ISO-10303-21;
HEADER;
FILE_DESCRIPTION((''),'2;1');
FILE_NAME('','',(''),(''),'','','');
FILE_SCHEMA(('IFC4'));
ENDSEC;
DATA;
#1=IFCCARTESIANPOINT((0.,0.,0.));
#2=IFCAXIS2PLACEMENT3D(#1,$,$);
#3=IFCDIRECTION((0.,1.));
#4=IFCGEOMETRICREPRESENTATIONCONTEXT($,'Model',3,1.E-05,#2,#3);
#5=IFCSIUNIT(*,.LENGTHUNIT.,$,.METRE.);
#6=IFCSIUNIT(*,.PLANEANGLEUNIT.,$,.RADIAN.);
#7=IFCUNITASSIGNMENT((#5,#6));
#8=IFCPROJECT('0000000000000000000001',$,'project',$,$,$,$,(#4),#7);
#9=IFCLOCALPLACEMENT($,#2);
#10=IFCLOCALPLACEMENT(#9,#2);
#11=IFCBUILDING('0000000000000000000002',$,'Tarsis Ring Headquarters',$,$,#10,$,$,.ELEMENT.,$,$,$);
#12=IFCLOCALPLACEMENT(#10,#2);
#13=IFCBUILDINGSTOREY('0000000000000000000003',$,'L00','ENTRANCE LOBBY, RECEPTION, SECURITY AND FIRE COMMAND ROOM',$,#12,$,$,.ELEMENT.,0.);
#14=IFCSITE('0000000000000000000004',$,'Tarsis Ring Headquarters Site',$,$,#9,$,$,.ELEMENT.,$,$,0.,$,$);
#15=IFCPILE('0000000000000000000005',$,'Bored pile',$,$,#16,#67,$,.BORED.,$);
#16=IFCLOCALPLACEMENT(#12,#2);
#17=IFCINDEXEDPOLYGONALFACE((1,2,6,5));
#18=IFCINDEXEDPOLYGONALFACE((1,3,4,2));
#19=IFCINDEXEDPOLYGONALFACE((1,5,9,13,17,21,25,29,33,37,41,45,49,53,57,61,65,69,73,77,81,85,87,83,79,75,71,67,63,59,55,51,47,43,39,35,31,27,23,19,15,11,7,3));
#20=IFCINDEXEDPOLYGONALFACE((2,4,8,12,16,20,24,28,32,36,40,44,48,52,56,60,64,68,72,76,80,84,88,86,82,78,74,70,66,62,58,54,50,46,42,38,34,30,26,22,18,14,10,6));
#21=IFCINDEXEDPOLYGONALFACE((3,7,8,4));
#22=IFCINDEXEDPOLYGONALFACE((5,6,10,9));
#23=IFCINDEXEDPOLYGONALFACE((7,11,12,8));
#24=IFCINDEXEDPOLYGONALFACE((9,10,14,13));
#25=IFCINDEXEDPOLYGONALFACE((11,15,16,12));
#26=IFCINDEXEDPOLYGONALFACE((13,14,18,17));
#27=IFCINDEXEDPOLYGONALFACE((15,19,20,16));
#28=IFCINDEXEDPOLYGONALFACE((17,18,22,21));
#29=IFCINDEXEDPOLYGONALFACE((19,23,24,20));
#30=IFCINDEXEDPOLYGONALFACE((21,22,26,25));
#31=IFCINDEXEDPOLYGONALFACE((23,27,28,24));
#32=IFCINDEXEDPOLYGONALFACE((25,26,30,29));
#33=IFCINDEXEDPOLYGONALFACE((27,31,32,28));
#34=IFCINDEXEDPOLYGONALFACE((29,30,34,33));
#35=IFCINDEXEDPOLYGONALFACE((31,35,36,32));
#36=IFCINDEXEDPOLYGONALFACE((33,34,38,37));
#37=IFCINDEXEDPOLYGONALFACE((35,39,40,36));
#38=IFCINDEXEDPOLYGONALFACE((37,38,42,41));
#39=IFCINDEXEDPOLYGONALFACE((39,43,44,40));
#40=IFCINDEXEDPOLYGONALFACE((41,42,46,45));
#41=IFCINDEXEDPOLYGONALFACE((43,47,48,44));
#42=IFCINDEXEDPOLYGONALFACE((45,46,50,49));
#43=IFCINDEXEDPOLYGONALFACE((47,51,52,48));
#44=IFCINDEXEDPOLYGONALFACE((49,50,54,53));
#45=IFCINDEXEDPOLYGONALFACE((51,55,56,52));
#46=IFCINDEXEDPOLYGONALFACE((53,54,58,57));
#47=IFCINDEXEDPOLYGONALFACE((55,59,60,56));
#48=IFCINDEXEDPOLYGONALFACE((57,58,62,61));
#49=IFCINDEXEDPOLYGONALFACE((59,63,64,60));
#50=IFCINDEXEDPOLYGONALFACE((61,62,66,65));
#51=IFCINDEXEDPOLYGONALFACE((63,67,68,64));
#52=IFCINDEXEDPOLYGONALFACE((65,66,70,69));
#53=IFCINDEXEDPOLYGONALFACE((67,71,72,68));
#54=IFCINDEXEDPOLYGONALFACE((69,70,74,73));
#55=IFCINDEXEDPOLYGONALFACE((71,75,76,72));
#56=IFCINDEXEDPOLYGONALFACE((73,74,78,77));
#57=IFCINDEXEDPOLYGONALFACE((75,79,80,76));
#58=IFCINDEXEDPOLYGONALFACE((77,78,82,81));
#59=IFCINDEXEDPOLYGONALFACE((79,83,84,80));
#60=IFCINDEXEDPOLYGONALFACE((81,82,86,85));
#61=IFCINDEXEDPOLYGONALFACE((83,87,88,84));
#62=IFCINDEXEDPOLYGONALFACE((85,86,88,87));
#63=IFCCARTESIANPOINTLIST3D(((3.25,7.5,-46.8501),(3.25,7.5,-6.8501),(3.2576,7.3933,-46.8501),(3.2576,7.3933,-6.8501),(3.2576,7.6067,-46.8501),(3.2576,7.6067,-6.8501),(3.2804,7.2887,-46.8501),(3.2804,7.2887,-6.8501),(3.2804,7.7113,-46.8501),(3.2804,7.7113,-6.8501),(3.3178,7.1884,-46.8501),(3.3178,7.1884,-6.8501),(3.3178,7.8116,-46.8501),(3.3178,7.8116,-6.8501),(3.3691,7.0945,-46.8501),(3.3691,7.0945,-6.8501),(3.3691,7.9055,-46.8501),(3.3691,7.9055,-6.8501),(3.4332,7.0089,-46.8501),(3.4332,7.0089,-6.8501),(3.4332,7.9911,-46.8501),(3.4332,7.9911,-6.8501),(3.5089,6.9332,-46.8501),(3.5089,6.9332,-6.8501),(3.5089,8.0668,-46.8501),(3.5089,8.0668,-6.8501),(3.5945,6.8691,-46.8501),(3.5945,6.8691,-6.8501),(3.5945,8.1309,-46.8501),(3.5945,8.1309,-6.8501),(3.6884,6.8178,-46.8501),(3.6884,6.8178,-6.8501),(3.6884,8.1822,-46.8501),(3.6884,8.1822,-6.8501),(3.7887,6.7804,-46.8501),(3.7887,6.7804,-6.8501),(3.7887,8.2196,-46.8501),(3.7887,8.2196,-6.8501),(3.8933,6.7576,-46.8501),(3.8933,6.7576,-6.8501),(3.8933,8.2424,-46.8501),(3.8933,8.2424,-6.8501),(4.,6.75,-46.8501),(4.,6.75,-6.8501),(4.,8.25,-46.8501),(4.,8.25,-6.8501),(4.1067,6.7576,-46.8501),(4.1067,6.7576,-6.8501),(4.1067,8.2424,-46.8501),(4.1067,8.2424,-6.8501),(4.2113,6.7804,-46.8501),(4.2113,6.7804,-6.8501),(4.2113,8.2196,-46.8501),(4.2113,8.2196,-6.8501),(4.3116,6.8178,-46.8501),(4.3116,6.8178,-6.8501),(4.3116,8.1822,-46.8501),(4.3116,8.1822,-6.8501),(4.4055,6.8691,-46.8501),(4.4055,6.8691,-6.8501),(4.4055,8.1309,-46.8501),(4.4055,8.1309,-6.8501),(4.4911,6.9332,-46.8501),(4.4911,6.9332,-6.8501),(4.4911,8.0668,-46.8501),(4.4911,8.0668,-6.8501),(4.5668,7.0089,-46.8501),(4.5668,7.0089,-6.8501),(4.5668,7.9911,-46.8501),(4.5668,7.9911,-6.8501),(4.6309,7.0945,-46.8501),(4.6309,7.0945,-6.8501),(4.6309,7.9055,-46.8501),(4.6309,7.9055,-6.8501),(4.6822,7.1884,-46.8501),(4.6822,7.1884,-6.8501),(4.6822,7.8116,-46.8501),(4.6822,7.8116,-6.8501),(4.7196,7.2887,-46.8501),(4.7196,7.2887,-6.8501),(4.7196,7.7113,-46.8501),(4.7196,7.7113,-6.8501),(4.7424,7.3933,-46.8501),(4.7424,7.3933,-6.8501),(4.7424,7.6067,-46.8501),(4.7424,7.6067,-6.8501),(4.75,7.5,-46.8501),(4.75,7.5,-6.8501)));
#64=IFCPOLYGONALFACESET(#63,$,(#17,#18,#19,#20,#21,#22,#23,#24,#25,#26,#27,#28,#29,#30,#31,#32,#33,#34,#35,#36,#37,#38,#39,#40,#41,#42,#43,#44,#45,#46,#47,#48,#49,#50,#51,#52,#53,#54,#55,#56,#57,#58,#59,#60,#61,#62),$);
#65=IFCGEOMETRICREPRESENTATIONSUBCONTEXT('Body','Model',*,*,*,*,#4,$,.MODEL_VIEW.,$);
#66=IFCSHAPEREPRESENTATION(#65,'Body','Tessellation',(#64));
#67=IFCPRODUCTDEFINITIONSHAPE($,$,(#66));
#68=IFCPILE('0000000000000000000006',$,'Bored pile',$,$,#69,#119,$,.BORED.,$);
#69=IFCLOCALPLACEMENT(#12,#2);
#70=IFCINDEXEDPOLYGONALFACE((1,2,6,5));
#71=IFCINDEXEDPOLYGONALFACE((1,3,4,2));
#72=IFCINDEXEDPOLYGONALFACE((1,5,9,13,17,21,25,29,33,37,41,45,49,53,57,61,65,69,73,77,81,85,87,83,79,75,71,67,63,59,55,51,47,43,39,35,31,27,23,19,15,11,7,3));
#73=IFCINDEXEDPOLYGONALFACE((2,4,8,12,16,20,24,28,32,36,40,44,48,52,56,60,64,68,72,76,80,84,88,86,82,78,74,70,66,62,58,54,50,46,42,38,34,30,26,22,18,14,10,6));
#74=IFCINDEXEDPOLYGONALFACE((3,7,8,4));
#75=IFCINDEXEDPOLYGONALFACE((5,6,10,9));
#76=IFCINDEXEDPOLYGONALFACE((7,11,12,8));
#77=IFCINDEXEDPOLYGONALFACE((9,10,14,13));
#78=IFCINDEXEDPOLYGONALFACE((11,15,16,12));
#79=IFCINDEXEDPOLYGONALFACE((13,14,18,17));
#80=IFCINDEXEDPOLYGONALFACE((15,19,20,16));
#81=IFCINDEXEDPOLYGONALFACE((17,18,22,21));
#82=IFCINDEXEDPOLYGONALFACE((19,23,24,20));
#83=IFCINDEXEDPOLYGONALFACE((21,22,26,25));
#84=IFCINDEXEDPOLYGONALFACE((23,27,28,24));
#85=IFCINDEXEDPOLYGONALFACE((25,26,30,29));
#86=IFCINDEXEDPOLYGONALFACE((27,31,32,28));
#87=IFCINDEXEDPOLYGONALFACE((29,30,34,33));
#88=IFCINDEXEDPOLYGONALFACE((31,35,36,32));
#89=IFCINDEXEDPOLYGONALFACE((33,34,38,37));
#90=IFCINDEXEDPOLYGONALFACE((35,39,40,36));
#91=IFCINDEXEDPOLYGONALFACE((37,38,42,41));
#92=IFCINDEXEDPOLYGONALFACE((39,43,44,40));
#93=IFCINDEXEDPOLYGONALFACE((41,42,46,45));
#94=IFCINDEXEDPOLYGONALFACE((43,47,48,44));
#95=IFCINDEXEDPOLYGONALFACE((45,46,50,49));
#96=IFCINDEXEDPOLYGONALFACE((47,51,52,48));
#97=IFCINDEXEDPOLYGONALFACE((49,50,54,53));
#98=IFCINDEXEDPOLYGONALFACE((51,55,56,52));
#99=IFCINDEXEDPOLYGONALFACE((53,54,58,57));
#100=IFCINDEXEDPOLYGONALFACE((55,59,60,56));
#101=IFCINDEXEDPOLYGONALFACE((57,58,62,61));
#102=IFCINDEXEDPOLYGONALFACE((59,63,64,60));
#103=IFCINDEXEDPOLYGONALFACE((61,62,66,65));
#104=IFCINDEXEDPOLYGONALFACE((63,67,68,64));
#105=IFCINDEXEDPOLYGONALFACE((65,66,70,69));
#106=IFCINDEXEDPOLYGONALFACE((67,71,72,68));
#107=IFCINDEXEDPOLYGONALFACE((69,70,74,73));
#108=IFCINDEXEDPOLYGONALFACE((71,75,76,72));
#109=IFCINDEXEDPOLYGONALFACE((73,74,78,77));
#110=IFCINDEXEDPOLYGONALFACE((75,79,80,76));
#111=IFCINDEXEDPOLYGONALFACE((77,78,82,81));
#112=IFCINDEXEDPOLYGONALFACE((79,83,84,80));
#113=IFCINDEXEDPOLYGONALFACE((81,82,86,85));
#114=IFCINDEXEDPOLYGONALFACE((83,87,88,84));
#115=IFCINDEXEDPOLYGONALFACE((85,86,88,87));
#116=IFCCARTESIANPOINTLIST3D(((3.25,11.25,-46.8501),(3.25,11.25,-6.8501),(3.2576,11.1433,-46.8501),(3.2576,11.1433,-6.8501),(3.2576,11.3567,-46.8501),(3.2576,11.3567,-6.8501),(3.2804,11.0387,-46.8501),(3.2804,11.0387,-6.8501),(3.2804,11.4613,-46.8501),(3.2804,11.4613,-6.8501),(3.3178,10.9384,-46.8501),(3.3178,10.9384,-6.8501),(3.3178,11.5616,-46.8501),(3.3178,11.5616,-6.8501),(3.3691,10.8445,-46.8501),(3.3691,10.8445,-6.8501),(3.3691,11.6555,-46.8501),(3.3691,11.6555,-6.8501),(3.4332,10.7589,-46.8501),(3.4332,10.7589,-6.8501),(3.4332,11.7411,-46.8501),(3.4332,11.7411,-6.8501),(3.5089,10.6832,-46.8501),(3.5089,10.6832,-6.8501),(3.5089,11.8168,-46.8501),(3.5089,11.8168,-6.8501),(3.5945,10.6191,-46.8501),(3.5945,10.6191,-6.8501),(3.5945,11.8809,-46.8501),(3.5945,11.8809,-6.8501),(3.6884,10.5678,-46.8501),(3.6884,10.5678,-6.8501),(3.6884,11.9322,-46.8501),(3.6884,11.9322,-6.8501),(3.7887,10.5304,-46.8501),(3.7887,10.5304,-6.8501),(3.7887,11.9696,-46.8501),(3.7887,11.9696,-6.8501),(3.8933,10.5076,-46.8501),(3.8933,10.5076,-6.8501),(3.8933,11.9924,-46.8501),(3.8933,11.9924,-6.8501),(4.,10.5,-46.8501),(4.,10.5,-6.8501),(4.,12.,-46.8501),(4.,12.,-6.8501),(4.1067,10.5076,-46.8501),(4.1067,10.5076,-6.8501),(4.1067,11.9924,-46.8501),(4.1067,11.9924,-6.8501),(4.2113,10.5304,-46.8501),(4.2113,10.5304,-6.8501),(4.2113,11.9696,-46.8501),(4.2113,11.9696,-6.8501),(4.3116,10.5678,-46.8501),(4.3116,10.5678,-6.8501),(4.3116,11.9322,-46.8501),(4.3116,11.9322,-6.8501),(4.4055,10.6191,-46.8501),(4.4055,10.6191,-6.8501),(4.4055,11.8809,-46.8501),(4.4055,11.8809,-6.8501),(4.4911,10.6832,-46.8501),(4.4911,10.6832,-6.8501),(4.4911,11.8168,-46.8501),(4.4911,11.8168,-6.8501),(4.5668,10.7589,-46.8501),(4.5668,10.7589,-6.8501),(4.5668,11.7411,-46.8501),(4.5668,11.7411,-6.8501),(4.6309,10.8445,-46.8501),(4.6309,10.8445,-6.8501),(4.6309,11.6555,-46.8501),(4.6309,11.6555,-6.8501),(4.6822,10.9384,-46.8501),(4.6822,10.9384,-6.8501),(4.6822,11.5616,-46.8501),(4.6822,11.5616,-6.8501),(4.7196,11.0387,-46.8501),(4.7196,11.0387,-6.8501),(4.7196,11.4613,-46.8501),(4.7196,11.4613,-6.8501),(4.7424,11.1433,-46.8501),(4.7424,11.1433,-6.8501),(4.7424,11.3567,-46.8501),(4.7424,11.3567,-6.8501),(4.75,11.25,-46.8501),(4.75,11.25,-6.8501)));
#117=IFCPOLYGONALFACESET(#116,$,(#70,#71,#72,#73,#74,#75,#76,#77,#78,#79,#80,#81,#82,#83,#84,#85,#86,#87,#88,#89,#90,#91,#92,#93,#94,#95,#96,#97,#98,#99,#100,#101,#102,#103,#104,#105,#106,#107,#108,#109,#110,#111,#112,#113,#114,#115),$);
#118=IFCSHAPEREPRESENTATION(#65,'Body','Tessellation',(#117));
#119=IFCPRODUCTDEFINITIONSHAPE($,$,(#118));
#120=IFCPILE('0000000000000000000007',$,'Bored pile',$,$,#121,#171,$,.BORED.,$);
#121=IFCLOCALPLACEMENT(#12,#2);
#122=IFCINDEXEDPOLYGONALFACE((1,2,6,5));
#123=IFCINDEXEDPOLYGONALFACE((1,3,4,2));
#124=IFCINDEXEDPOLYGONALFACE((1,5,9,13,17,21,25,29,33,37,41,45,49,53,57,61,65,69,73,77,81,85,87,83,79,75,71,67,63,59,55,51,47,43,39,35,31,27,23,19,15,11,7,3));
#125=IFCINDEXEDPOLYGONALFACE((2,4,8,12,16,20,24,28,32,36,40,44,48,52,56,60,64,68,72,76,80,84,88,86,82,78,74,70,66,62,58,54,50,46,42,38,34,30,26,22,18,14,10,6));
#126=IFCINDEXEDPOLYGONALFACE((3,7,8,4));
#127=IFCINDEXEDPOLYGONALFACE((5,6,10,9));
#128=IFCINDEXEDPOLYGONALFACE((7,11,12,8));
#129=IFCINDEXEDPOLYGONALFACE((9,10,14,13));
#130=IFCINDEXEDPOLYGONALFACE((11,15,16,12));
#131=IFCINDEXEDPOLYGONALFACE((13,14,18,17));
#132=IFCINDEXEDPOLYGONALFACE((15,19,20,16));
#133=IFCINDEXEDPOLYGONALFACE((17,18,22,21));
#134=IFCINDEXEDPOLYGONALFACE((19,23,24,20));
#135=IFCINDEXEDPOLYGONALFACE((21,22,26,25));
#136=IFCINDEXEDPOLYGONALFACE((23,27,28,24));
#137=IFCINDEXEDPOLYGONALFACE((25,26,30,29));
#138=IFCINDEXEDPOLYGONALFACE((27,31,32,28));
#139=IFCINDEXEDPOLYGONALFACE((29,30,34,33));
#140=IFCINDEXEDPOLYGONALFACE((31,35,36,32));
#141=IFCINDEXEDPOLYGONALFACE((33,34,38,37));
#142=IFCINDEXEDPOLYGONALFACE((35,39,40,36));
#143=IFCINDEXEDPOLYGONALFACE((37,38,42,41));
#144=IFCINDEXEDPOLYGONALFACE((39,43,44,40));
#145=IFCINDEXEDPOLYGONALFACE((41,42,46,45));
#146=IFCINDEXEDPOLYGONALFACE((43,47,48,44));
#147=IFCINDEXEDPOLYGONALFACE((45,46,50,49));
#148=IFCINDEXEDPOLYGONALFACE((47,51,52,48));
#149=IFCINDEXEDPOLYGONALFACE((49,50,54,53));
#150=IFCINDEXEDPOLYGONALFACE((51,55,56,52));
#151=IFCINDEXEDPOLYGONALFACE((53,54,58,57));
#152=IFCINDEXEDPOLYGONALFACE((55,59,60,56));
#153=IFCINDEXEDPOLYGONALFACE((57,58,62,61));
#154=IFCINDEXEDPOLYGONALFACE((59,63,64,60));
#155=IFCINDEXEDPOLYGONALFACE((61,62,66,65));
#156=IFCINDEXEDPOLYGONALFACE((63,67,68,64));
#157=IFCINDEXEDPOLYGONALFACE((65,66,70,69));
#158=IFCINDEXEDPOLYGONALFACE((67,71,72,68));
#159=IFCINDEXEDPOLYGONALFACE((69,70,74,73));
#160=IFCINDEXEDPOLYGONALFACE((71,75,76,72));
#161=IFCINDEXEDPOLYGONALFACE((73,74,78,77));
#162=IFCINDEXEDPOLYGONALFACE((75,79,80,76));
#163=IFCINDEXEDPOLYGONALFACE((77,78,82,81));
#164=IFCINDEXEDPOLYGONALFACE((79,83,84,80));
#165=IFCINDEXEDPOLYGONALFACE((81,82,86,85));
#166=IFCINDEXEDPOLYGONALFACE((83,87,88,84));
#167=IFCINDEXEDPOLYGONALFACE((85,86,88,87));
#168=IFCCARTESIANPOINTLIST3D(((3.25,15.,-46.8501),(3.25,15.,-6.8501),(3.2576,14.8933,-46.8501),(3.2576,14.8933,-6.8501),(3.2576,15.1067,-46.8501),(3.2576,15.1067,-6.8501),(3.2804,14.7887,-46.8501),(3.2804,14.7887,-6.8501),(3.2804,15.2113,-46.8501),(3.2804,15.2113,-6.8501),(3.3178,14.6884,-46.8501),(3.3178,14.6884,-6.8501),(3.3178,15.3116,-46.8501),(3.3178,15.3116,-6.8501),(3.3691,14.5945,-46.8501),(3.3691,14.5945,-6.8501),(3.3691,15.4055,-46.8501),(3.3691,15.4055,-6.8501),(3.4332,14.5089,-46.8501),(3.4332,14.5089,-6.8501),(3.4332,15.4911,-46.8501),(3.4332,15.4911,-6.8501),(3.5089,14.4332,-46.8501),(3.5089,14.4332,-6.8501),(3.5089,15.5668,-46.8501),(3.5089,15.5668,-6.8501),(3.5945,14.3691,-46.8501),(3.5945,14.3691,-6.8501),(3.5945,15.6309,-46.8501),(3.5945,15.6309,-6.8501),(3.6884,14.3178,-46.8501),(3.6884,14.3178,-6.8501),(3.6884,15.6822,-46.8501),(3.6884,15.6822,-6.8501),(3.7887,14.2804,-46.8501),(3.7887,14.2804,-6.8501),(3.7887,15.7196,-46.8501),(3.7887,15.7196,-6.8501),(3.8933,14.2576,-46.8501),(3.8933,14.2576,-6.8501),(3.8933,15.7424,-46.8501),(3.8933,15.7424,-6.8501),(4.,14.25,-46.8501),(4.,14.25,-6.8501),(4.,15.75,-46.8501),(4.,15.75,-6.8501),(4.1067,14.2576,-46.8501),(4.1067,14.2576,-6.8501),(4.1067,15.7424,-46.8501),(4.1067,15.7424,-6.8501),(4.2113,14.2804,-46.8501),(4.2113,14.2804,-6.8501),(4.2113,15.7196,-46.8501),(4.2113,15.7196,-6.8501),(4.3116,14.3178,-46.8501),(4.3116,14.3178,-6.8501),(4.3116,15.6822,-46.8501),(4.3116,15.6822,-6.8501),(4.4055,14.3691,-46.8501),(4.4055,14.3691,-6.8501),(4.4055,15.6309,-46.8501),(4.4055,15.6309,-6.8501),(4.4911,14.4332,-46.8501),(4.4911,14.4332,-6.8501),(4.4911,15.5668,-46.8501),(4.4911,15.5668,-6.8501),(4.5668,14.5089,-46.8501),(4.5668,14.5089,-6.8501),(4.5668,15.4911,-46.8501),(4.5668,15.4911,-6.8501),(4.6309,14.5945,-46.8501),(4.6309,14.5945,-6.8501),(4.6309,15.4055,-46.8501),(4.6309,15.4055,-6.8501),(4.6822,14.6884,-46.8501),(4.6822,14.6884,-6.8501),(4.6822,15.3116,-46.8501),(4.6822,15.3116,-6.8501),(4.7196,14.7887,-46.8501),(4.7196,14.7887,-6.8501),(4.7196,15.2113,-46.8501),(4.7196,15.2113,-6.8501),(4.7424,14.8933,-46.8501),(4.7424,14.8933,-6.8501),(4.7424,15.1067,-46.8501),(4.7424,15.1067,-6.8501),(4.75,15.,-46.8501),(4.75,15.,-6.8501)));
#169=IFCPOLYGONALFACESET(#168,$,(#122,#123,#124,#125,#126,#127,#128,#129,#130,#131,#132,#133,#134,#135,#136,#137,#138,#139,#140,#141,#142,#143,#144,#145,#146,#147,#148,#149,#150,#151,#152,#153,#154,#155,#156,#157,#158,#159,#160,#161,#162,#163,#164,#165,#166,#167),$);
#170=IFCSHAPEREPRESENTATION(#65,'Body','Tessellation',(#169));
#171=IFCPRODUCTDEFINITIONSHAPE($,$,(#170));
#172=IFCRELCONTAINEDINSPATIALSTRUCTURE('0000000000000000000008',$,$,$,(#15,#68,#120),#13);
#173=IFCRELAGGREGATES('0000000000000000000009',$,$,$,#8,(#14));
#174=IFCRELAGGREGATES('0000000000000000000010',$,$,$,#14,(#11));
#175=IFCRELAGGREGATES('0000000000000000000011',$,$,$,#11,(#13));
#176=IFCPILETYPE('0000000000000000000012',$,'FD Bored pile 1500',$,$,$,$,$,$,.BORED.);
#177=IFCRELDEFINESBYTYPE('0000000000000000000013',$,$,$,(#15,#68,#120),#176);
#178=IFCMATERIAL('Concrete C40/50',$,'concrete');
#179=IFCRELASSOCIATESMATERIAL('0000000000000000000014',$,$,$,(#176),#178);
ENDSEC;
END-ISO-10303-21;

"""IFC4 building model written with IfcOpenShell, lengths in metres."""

from ifc_helpers import new_model, si_unit, direction, frame, origin, origin_2d, place, context, subcontext, project, spatial, circle, extrude, material, material_profile, profile_set, type_object, element, save


model = new_model("IFC4")

# Units and contexts
model_context = context("Model", 3, precision=1e-05, world=origin(), true_north=direction((0.0, 1.0)))
body_context = subcontext(model_context, "Body", "Model", "MODEL_VIEW")
ifc_project = project(units=[si_unit("LENGTHUNIT", "METRE"), si_unit("PLANEANGLEUNIT", "RADIAN")], contexts=[model_context])

# Site, building, storey
site_placement = place(None, origin())
site = spatial("IfcSite", under=ifc_project, at=site_placement, Name="Tarsis Ring Headquarters Site", CompositionType="ELEMENT", RefElevation=0.0)
building_placement = place(site_placement, origin())
building = spatial("IfcBuilding", under=site, at=building_placement, Name="Tarsis Ring Headquarters", CompositionType="ELEMENT")
storey_placement = place(building_placement, origin())
storey = spatial("IfcBuildingStorey", under=building, at=storey_placement, Name="L00", Description="ENTRANCE LOBBY, RECEPTION, SECURITY AND FIRE COMMAND ROOM", CompositionType="ELEMENT", Elevation=0.0)

# Piles
ifc_material_1 = material(Name="Concrete C40/50", Category="concrete")
ifc_material_profile_1 = material_profile(ifc_material_1, circle(Radius=0.75, at=origin_2d()), Name="BORED 1500")
ifc_profile_set_1 = profile_set([ifc_material_profile_1], Name="Concrete C40/50")
pile_type = type_object("IfcPileType", Name="FD Bored pile 1500", PredefinedType="BORED", material=ifc_profile_set_1)
for number, where, z_axis, x_axis, name in (
    (1, (4.0, 7.5, -6.8501), (0.0, 0.0, -1.0), (1.0, 0.0, 0.0), "Bored pile"),
    (2, (4.0, 11.25, -6.8501), (0.0, 0.0, -1.0), (1.0, 0.0, 0.0), "Bored pile"),
    (3, (4.0, 15.0, -6.8501), (0.0, 0.0, -1.0), (1.0, 0.0, 0.0), "Bored pile"),
):
    element("IfcPile", number, at=place(storey_placement, frame(where, z_axis=z_axis, x_axis=x_axis)), inside=storey, type_object=pile_type, Name=name, PredefinedType="BORED", context=body_context, shape_type="SweptSolid", body=[
        extrude(circle(Radius=0.75, at=origin_2d()), origin(), (0.0, 0.0, 1.0), 40.0),
    ])

save(model, "model.ifc")
